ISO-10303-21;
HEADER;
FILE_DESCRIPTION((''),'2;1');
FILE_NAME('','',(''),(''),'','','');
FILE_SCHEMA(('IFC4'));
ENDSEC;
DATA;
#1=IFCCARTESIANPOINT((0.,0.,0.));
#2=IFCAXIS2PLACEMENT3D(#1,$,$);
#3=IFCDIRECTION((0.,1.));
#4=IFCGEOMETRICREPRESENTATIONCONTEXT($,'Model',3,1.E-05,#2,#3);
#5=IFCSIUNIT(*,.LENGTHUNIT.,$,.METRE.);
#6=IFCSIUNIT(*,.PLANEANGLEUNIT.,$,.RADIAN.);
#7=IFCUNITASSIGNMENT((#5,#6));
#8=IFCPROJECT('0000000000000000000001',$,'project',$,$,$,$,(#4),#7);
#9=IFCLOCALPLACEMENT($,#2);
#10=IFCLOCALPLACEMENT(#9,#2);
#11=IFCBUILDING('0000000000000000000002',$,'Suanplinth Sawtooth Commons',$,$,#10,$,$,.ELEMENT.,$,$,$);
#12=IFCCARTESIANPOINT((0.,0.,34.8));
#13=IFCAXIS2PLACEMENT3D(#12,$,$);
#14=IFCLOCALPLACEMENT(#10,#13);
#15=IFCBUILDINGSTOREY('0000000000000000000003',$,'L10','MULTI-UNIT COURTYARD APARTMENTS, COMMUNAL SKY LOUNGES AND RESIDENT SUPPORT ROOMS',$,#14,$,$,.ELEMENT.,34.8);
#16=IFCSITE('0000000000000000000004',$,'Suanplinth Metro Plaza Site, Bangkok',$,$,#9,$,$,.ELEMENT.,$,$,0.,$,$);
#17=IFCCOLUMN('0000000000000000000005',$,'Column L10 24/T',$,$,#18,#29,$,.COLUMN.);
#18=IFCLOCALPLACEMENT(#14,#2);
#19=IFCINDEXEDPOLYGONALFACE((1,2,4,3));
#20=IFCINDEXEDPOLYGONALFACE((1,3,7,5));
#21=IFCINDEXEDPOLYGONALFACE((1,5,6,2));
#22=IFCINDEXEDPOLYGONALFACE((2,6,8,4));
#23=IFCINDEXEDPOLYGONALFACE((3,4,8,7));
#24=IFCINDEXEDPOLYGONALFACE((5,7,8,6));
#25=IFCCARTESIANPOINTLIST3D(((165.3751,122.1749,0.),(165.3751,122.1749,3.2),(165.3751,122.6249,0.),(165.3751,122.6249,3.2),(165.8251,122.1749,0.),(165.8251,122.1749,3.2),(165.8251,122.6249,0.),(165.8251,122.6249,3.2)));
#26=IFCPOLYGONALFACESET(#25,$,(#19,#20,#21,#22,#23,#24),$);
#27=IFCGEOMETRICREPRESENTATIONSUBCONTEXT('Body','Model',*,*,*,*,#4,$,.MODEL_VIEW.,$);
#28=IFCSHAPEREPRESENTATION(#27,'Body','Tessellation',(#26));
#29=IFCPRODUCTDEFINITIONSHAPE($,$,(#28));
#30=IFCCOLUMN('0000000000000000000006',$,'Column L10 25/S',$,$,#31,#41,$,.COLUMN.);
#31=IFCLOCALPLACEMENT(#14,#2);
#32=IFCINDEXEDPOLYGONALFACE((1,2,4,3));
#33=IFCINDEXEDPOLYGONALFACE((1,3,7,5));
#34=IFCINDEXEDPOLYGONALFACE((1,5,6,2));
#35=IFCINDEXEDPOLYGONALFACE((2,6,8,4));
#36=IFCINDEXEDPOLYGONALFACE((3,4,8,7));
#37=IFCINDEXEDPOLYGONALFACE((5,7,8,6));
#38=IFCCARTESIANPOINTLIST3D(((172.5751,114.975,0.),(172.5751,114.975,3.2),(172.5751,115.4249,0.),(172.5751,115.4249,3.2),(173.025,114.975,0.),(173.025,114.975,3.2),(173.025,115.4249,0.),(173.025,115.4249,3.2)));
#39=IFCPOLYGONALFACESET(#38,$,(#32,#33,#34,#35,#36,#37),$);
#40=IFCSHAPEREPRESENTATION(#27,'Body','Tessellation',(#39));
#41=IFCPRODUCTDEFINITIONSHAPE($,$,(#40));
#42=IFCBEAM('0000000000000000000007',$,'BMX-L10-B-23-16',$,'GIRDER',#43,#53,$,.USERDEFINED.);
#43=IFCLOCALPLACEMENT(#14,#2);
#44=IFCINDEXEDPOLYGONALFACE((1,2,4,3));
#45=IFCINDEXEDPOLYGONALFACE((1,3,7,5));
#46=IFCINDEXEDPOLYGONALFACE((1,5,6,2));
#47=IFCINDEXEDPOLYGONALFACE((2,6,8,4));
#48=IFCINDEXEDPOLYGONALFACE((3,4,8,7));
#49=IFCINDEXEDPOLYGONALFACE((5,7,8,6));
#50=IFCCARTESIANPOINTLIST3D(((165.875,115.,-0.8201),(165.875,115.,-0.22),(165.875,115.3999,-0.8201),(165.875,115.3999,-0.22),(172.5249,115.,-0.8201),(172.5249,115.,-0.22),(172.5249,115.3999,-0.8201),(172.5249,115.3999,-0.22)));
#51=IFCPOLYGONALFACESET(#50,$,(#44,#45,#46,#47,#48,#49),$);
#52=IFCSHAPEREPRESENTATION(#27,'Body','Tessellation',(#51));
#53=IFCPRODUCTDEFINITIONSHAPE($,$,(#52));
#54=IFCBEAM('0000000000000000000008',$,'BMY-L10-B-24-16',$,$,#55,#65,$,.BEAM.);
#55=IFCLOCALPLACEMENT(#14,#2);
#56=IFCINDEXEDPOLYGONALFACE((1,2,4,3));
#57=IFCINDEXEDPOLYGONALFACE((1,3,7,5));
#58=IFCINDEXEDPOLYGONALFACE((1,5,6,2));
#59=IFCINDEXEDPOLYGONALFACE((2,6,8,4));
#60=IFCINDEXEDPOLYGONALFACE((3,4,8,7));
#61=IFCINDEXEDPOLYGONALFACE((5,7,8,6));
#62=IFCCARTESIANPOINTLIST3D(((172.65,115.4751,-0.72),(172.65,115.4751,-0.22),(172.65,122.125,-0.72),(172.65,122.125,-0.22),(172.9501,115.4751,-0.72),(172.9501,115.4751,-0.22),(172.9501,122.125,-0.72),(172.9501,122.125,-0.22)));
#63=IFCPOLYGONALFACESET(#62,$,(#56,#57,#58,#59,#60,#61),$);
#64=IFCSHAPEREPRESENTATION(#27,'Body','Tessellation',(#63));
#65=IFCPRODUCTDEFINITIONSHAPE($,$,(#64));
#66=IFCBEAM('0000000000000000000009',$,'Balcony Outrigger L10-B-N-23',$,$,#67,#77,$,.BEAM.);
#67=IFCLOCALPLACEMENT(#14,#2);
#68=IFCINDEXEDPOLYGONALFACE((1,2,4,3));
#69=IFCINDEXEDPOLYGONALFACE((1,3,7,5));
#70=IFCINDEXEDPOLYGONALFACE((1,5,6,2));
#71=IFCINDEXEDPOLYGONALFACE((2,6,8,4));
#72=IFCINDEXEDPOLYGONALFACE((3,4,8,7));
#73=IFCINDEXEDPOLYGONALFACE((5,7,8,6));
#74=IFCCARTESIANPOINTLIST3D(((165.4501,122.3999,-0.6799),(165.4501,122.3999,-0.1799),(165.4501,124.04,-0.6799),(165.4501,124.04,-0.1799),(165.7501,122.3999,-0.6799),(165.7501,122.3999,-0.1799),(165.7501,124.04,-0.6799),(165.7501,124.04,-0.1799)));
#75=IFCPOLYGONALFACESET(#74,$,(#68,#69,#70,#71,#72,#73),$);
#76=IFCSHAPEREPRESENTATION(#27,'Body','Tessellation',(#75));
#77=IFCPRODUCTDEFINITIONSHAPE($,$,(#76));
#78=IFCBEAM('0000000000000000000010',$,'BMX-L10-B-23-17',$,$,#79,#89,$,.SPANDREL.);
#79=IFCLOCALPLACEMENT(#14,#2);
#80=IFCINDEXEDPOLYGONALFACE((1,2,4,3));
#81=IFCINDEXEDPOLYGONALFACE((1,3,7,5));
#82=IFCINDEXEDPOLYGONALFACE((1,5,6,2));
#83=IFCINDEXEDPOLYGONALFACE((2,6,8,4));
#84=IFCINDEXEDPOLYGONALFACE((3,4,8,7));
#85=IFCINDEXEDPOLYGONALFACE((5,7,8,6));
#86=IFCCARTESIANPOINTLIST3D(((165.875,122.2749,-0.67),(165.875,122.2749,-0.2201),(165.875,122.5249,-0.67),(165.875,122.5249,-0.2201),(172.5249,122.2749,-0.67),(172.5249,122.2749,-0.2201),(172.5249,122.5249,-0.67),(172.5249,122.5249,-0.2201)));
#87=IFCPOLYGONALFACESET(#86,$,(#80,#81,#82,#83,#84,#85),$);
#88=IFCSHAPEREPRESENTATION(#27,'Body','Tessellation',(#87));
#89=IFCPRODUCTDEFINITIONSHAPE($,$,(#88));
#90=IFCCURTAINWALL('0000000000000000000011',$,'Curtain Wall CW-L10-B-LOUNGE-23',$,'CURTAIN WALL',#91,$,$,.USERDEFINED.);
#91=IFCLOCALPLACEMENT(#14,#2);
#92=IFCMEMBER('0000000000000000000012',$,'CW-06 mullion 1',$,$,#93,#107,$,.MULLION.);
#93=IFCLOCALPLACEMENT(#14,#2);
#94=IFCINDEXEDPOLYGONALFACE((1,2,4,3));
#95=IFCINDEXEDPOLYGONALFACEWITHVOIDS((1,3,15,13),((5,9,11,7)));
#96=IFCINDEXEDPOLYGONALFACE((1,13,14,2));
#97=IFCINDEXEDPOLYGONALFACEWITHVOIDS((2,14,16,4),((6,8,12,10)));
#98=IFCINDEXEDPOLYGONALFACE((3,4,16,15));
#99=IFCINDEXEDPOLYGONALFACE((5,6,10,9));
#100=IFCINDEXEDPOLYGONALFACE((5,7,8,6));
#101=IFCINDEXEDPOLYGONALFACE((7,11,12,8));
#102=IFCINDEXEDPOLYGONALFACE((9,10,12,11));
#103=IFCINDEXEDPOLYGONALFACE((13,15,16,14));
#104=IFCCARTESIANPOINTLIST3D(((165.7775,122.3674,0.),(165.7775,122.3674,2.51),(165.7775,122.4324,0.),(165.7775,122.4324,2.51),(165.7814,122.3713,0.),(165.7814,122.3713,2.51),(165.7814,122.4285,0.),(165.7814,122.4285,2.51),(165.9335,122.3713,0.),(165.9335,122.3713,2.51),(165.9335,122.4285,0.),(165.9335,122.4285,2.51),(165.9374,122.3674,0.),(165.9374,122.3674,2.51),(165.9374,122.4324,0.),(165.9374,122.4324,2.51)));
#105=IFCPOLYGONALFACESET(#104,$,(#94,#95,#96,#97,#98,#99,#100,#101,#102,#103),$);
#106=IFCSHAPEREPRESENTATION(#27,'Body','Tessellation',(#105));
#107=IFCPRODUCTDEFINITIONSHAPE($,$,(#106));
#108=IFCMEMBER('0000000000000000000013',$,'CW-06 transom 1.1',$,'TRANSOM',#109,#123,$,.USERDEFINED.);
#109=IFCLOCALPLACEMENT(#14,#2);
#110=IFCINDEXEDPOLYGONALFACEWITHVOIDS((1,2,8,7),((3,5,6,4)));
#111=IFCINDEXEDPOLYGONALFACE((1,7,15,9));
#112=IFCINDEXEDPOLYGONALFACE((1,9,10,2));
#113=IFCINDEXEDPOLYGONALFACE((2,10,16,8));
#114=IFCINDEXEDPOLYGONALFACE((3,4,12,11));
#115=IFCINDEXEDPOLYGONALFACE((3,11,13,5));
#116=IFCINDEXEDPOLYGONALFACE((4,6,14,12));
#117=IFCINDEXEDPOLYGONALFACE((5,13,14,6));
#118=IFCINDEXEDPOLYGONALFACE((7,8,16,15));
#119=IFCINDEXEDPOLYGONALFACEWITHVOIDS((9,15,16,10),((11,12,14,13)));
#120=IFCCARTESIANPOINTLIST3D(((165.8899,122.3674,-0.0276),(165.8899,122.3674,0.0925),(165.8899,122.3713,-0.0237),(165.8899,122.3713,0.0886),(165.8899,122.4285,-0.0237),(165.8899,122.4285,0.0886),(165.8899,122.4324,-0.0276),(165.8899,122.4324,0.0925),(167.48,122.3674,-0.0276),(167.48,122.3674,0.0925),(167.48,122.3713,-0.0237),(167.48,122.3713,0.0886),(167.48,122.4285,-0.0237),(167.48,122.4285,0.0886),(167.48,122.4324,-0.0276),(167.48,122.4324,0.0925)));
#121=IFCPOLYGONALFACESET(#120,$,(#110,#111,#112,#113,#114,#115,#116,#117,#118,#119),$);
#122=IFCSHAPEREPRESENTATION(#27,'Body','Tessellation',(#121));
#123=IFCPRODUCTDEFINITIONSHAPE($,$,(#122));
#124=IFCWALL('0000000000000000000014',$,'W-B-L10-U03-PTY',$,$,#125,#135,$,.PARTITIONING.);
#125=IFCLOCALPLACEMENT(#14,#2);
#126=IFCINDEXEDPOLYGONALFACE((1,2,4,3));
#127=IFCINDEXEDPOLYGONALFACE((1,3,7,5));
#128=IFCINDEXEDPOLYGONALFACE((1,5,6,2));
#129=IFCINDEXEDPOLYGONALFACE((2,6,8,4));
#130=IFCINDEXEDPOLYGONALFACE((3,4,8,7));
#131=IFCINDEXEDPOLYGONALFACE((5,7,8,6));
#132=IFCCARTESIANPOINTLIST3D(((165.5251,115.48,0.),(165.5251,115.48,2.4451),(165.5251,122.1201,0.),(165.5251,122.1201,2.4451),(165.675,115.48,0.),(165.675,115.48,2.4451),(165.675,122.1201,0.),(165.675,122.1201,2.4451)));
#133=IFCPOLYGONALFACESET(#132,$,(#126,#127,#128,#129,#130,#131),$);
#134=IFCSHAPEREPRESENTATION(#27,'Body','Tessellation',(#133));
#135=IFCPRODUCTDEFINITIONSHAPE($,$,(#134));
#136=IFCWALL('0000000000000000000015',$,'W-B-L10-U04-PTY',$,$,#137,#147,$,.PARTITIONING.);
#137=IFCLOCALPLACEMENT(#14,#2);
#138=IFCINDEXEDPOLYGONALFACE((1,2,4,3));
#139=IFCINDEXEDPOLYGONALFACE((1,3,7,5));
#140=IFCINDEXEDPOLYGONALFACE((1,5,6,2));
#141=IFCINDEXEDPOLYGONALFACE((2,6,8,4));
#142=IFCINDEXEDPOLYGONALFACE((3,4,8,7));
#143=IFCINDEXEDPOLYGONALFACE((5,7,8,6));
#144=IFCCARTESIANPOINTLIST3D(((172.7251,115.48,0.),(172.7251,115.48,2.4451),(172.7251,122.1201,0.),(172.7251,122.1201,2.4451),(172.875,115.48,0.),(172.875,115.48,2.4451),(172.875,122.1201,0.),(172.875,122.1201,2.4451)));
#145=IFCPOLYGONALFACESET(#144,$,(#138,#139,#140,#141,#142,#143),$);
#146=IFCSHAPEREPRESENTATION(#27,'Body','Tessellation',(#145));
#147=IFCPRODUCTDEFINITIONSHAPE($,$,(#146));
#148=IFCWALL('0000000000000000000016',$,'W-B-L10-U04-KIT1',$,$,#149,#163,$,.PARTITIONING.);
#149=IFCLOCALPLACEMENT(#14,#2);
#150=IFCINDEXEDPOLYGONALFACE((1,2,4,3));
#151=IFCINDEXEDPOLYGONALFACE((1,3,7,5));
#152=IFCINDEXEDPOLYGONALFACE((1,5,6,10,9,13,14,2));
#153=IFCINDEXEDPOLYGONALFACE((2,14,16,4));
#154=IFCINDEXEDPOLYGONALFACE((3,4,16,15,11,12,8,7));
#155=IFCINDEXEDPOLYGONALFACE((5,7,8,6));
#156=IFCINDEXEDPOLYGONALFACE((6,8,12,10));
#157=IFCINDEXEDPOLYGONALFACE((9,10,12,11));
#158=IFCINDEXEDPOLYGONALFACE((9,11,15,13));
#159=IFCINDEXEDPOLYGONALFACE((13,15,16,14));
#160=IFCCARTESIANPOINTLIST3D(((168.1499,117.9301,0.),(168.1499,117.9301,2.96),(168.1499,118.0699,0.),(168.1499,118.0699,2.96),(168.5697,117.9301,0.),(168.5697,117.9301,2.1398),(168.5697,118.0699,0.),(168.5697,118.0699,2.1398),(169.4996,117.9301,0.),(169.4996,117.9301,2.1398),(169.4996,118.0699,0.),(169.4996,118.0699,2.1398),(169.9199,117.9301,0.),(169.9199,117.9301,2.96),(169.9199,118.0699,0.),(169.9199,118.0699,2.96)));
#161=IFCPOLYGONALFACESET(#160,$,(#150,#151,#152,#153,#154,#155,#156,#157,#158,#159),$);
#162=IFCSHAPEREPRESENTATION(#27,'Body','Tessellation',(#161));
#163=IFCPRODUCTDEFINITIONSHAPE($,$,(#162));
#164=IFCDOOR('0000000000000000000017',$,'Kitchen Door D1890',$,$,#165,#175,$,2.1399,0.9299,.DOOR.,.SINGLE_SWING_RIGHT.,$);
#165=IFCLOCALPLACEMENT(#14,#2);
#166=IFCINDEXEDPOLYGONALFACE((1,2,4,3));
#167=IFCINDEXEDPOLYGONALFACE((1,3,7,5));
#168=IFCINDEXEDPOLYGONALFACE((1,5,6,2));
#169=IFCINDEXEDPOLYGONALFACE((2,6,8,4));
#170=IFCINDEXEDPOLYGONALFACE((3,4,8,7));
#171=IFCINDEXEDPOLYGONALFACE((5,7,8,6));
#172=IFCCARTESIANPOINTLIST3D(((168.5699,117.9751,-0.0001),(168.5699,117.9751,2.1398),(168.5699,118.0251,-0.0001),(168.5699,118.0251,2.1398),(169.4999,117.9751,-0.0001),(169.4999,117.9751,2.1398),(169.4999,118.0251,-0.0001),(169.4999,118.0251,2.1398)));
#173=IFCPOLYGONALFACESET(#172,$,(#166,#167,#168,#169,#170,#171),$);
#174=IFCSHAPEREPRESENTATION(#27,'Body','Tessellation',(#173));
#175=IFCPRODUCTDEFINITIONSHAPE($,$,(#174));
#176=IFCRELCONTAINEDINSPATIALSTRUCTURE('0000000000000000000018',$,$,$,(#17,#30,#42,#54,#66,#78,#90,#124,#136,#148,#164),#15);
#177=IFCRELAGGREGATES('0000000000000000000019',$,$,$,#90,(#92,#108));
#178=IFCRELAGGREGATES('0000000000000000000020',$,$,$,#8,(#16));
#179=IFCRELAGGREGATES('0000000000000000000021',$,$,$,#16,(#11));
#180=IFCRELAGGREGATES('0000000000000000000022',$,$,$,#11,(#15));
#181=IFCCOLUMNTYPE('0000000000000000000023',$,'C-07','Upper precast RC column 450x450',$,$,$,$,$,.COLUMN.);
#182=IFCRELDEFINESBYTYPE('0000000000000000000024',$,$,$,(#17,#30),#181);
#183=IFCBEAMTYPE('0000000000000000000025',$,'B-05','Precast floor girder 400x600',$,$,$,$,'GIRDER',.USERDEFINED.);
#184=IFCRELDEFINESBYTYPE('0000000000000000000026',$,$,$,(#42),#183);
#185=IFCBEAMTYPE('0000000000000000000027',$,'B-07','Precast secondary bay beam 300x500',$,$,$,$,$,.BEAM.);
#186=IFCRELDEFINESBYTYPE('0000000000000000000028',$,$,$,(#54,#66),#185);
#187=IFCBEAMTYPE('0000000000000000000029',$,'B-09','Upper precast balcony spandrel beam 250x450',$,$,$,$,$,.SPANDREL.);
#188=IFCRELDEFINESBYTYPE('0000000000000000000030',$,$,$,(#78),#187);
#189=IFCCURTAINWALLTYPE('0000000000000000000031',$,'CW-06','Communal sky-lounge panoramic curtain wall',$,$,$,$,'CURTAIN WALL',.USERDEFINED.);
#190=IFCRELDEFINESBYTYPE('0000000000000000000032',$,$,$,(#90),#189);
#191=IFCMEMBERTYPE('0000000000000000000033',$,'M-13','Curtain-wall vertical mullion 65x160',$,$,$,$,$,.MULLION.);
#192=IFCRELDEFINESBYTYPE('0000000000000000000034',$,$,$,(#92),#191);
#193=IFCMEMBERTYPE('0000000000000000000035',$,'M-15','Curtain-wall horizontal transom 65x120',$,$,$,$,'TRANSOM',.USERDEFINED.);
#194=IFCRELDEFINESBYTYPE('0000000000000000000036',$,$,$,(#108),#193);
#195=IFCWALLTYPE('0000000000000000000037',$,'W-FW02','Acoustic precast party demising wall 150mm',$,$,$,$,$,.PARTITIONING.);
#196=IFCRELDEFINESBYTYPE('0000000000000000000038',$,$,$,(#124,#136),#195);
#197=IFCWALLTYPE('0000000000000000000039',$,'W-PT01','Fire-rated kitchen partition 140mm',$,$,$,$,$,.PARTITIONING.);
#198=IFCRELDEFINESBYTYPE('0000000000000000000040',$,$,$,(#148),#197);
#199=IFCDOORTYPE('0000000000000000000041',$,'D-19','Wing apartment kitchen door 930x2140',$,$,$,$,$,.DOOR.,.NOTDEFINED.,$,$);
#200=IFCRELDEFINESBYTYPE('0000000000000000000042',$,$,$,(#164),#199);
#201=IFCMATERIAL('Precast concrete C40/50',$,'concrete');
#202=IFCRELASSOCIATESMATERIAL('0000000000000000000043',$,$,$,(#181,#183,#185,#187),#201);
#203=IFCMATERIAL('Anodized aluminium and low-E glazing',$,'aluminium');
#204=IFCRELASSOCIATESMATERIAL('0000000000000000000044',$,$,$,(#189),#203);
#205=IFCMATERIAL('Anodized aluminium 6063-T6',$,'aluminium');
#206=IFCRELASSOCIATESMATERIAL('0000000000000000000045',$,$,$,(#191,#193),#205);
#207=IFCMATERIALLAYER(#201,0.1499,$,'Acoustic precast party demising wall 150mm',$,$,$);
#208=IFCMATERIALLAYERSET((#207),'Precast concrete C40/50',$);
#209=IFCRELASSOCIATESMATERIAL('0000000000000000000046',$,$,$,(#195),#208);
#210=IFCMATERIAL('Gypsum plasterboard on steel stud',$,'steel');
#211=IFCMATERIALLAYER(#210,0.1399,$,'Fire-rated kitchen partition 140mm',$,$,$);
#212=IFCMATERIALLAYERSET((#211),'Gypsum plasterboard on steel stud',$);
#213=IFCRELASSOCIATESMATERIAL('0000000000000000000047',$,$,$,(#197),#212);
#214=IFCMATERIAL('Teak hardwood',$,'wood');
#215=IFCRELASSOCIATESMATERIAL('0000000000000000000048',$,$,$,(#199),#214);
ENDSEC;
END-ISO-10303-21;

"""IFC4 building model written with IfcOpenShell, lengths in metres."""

from ifc_helpers import new_model, si_unit, direction, frame, frame_2d, origin, origin_2d, place, context, subcontext, project, spatial, rectangle, hollow_rectangle, extrude, material, layer, layer_set, material_profile, profile_set, type_object, element, fill, aggregate, save


model = new_model("IFC4")

# Units and contexts
model_context = context("Model", 3, precision=1e-05, world=origin(), true_north=direction((0.0, 1.0)))
body_context = subcontext(model_context, "Body", "Model", "MODEL_VIEW")
ifc_project = project(units=[si_unit("LENGTHUNIT", "METRE"), si_unit("PLANEANGLEUNIT", "RADIAN")], contexts=[model_context])

# Site, building, storey
site_placement = place(None, origin())
site = spatial("IfcSite", under=ifc_project, at=site_placement, Name="Suanplinth Metro Plaza Site, Bangkok", CompositionType="ELEMENT", RefElevation=0.0)
building_placement = place(site_placement, origin())
building = spatial("IfcBuilding", under=site, at=building_placement, Name="Suanplinth Sawtooth Commons", CompositionType="ELEMENT")
storey_placement = place(building_placement, frame((0.0, 0.0, 34.8)))
storey = spatial("IfcBuildingStorey", under=building, at=storey_placement, Name="L10", Description="MULTI-UNIT COURTYARD APARTMENTS, COMMUNAL SKY LOUNGES AND RESIDENT SUPPORT ROOMS", CompositionType="ELEMENT", Elevation=34.8)

# Columns
ifc_material_1 = material(Name="Precast concrete C40/50", Category="concrete")
ifc_material_profile_1 = material_profile(ifc_material_1, rectangle(XDim=0.45, YDim=0.45, at=origin_2d()), Name="PC-COL 450x450")
ifc_profile_set_1 = profile_set([ifc_material_profile_1], Name="Precast concrete C40/50")
column_type = type_object("IfcColumnType", Name="C-07", Description="Upper precast RC column 450x450", PredefinedType="COLUMN", material=ifc_profile_set_1)
for number, where, z_axis, x_axis, name in (
    (1, (165.6001, 122.3999, 0.0), (0.0, 0.0, 1.0), (1.0, 0.0, 0.0), "Column L10 24/T"),
    (2, (172.8, 115.2, 0.0), (0.0, 0.0, 1.0), (1.0, 0.0, 0.0), "Column L10 25/S"),
):
    element("IfcColumn", number, at=place(storey_placement, frame(where, z_axis=z_axis, x_axis=x_axis)), inside=storey, type_object=column_type, Name=name, PredefinedType="COLUMN", context=body_context, shape_type="SweptSolid", body=[
        extrude(rectangle(XDim=0.45, YDim=0.45, at=origin_2d()), origin(), (0.0, 0.0, 1.0), 3.2),
    ])

# Beams
ifc_material_profile_2 = material_profile(ifc_material_1, rectangle(XDim=0.3999, YDim=0.6001, at=origin_2d()), Name="PC-GDR 400x600")
ifc_profile_set_2 = profile_set([ifc_material_profile_2], Name="Precast concrete C40/50")
beam_type_1 = type_object("IfcBeamType", Name="B-05", Description="Precast floor girder 400x600", ElementType="GIRDER", PredefinedType="USERDEFINED", material=ifc_profile_set_2)
beam_1_placement = place(storey_placement, frame((165.875, 115.2, -0.52), z_axis=(1.0, 0.0, 0.0), x_axis=(0.0, 1.0, 0.0)))
element("IfcBeam", 3, at=beam_1_placement, inside=storey, type_object=beam_type_1, Name="BMX-L10-B-23-16", ObjectType="GIRDER", PredefinedType="USERDEFINED", context=body_context, shape_type="SweptSolid", body=[
    extrude(rectangle(XDim=0.3999, YDim=0.6001, at=origin_2d()), origin(), (0.0, 0.0, 1.0), 6.6499),
])
ifc_material_profile_3 = material_profile(ifc_material_1, rectangle(XDim=0.3, YDim=0.5, at=origin_2d()), Name="PC-BM 300x500")
ifc_profile_set_3 = profile_set([ifc_material_profile_3], Name="Precast concrete C40/50")
beam_type_2 = type_object("IfcBeamType", Name="B-07", Description="Precast secondary bay beam 300x500", PredefinedType="BEAM", material=ifc_profile_set_3)
beam_2_placement = place(storey_placement, frame((172.8, 115.4751, -0.47), z_axis=(0.0, 1.0, 0.0), x_axis=(-1.0, 0.0, 0.0)))
element("IfcBeam", 4, at=beam_2_placement, inside=storey, type_object=beam_type_2, Name="BMY-L10-B-24-16", PredefinedType="BEAM", context=body_context, shape_type="SweptSolid", body=[
    extrude(rectangle(XDim=0.3, YDim=0.5, at=origin_2d()), origin(), (0.0, 0.0, 1.0), 6.6499),
])
beam_3_placement = place(storey_placement, frame((165.6001, 122.3999, -0.4299), z_axis=(0.0, 1.0, 0.0), x_axis=(-1.0, 0.0, 0.0)))
element("IfcBeam", 5, at=beam_3_placement, inside=storey, type_object=beam_type_2, Name="Balcony Outrigger L10-B-N-23", PredefinedType="BEAM", context=body_context, shape_type="SweptSolid", body=[
    extrude(rectangle(XDim=0.3, YDim=0.5, at=origin_2d()), origin(), (0.0, 0.0, 1.0), 1.6401),
])
ifc_material_profile_4 = material_profile(ifc_material_1, rectangle(XDim=0.25, YDim=0.45, at=origin_2d()), Name="PC-SP 250x450")
ifc_profile_set_4 = profile_set([ifc_material_profile_4], Name="Precast concrete C40/50")
beam_type_3 = type_object("IfcBeamType", Name="B-09", Description="Upper precast balcony spandrel beam 250x450", PredefinedType="SPANDREL", material=ifc_profile_set_4)
beam_4_placement = place(storey_placement, frame((165.875, 122.3999, -0.4451), z_axis=(1.0, 0.0, 0.0), x_axis=(0.0, 1.0, 0.0)))
element("IfcBeam", 6, at=beam_4_placement, inside=storey, type_object=beam_type_3, Name="BMX-L10-B-23-17", PredefinedType="SPANDREL", context=body_context, shape_type="SweptSolid", body=[
    extrude(rectangle(XDim=0.25, YDim=0.45, at=origin_2d()), origin(), (0.0, 0.0, 1.0), 6.6499),
])

# Curtain wall, members
ifc_material_2 = material(Name="Anodized aluminium and low-E glazing", Category="aluminium")
curtain_wall_type = type_object("IfcCurtainWallType", Name="CW-06", Description="Communal sky-lounge panoramic curtain wall", ElementType="CURTAIN WALL", PredefinedType="USERDEFINED", material=ifc_material_2)
curtain_wall_placement = place(storey_placement, origin())
curtain_wall = element("IfcCurtainWall", 7, at=curtain_wall_placement, inside=storey, type_object=curtain_wall_type, Name="Curtain Wall CW-L10-B-LOUNGE-23", ObjectType="CURTAIN WALL", PredefinedType="USERDEFINED")
ifc_material_3 = material(Name="Anodized aluminium 6063-T6", Category="aluminium")
ifc_material_profile_5 = material_profile(ifc_material_3, hollow_rectangle(XDim=0.0649, YDim=0.1599, WallThickness=0.0039, at=origin_2d()), Name="ALU-MUL 65x160")
ifc_profile_set_5 = profile_set([ifc_material_profile_5], Name="Anodized aluminium 6063-T6")
member_type_1 = type_object("IfcMemberType", Name="M-13", Description="Curtain-wall vertical mullion 65x160", PredefinedType="MULLION", material=ifc_profile_set_5)
member_1_placement = place(storey_placement, frame((165.8574, 122.3999, 0.0), z_axis=(0.0, 0.0, 1.0), x_axis=(0.0, 1.0, 0.0)))
member_1 = element("IfcMember", 8, at=member_1_placement, type_object=member_type_1, Name="CW-06 mullion 1", PredefinedType="MULLION", context=body_context, shape_type="SweptSolid", body=[
    extrude(hollow_rectangle(XDim=0.0649, YDim=0.1599, WallThickness=0.0039, at=origin_2d()), origin(), (0.0, 0.0, 1.0), 2.51),
])
ifc_material_profile_6 = material_profile(ifc_material_3, hollow_rectangle(XDim=0.0649, YDim=0.1201, WallThickness=0.0039, at=origin_2d()), Name="ALU-TRN 65x120")
ifc_profile_set_6 = profile_set([ifc_material_profile_6], Name="Anodized aluminium 6063-T6")
member_type_2 = type_object("IfcMemberType", Name="M-15", Description="Curtain-wall horizontal transom 65x120", ElementType="TRANSOM", PredefinedType="USERDEFINED", material=ifc_profile_set_6)
member_2_placement = place(storey_placement, frame((165.8899, 122.3999, 0.0325), z_axis=(1.0, 0.0, 0.0), x_axis=(0.0, 1.0, 0.0)))
member_2 = element("IfcMember", 9, at=member_2_placement, type_object=member_type_2, Name="CW-06 transom 1.1", ObjectType="TRANSOM", PredefinedType="USERDEFINED", context=body_context, shape_type="SweptSolid", body=[
    extrude(hollow_rectangle(XDim=0.0649, YDim=0.1201, WallThickness=0.0039, at=origin_2d()), origin(), (0.0, 0.0, 1.0), 1.5901),
])
aggregate(curtain_wall, [member_1, member_2])

# Walls
ifc_layer_1 = layer(ifc_material_1, 0.1499, Name="Acoustic precast party demising wall 150mm")
ifc_layer_set_1 = layer_set([ifc_layer_1], Name="Precast concrete C40/50")
wall_type_1 = type_object("IfcWallType", Name="W-FW02", Description="Acoustic precast party demising wall 150mm", PredefinedType="PARTITIONING", material=ifc_layer_set_1)
for number, where, z_axis, x_axis, name in (
    (10, (165.6001, 115.48, 0.0), (0.0, 0.0, 1.0), (0.0, 1.0, 0.0), "W-B-L10-U03-PTY"),
    (11, (172.8, 115.48, 0.0), (0.0, 0.0, 1.0), (0.0, 1.0, 0.0), "W-B-L10-U04-PTY"),
):
    element("IfcWall", number, at=place(storey_placement, frame(where, z_axis=z_axis, x_axis=x_axis)), inside=storey, type_object=wall_type_1, Name=name, PredefinedType="PARTITIONING", context=body_context, shape_type="SweptSolid", body=[
        extrude(rectangle(XDim=6.6401, YDim=0.1499, at=frame_2d((3.3201, 0.0))), origin(), (0.0, 0.0, 1.0), 2.4451),
    ])

# Wall, opening, door
ifc_material_4 = material(Name="Gypsum plasterboard on steel stud", Category="steel")
ifc_layer_2 = layer(ifc_material_4, 0.1399, Name="Fire-rated kitchen partition 140mm")
ifc_layer_set_2 = layer_set([ifc_layer_2], Name="Gypsum plasterboard on steel stud")
wall_type_2 = type_object("IfcWallType", Name="W-PT01", Description="Fire-rated kitchen partition 140mm", PredefinedType="PARTITIONING", material=ifc_layer_set_2)
wall_1_placement = place(storey_placement, frame((168.1499, 118.0, 0.0), z_axis=(0.0, 0.0, 1.0), x_axis=(1.0, 0.0, 0.0)))
wall_1 = element("IfcWall", 12, at=wall_1_placement, inside=storey, type_object=wall_type_2, Name="W-B-L10-U04-KIT1", PredefinedType="PARTITIONING", context=body_context, shape_type="SweptSolid", body=[
    extrude(rectangle(XDim=1.77, YDim=0.1399, at=frame_2d((0.885, 0.0))), origin(), (0.0, 0.0, 1.0), 2.96),
])
opening_1_placement = place(wall_1_placement, frame((0.4199, 0.0, 0.0)))
opening_1 = element("IfcOpeningElement", 13, at=opening_1_placement, cuts=wall_1, PredefinedType="OPENING", context=body_context, shape_type="SweptSolid", body=[
    extrude(rectangle(XDim=0.9299, YDim=2.1399, at=frame_2d((0.4648, 1.0698))), frame((0.0, 0.085, 0.0), z_axis=(0.0, -1.0, 0.0), x_axis=(1.0, 0.0, 0.0)), (0.0, 0.0, 1.0), 0.1697),
])
ifc_material_5 = material(Name="Teak hardwood", Category="wood")
door_type_1 = type_object("IfcDoorType", Name="D-19", Description="Wing apartment kitchen door 930x2140", OperationType="NOTDEFINED", PredefinedType="DOOR", material=ifc_material_5)
door_1_placement = place(opening_1_placement, frame((0.9299, 0.0, 0.0), z_axis=(0.0, 0.0, 1.0), x_axis=(-1.0, 0.0, 0.0)))
door_1 = element("IfcDoor", 14, at=door_1_placement, inside=storey, type_object=door_type_1, Name="Kitchen Door D1890", OperationType="SINGLE_SWING_RIGHT", OverallHeight=2.1399, OverallWidth=0.9299, PredefinedType="DOOR", context=body_context, shape_type="SweptSolid", body=[
    extrude(rectangle(XDim=0.9299, YDim=2.1399, at=frame_2d((0.4648, 1.0698))), frame((0.0, 0.0249, 0.0), z_axis=(0.0, -1.0, 0.0), x_axis=(1.0, 0.0, 0.0)), (0.0, 0.0, 1.0), 0.05),
])
fill(opening_1, door_1)

save(model, "model.ifc")
